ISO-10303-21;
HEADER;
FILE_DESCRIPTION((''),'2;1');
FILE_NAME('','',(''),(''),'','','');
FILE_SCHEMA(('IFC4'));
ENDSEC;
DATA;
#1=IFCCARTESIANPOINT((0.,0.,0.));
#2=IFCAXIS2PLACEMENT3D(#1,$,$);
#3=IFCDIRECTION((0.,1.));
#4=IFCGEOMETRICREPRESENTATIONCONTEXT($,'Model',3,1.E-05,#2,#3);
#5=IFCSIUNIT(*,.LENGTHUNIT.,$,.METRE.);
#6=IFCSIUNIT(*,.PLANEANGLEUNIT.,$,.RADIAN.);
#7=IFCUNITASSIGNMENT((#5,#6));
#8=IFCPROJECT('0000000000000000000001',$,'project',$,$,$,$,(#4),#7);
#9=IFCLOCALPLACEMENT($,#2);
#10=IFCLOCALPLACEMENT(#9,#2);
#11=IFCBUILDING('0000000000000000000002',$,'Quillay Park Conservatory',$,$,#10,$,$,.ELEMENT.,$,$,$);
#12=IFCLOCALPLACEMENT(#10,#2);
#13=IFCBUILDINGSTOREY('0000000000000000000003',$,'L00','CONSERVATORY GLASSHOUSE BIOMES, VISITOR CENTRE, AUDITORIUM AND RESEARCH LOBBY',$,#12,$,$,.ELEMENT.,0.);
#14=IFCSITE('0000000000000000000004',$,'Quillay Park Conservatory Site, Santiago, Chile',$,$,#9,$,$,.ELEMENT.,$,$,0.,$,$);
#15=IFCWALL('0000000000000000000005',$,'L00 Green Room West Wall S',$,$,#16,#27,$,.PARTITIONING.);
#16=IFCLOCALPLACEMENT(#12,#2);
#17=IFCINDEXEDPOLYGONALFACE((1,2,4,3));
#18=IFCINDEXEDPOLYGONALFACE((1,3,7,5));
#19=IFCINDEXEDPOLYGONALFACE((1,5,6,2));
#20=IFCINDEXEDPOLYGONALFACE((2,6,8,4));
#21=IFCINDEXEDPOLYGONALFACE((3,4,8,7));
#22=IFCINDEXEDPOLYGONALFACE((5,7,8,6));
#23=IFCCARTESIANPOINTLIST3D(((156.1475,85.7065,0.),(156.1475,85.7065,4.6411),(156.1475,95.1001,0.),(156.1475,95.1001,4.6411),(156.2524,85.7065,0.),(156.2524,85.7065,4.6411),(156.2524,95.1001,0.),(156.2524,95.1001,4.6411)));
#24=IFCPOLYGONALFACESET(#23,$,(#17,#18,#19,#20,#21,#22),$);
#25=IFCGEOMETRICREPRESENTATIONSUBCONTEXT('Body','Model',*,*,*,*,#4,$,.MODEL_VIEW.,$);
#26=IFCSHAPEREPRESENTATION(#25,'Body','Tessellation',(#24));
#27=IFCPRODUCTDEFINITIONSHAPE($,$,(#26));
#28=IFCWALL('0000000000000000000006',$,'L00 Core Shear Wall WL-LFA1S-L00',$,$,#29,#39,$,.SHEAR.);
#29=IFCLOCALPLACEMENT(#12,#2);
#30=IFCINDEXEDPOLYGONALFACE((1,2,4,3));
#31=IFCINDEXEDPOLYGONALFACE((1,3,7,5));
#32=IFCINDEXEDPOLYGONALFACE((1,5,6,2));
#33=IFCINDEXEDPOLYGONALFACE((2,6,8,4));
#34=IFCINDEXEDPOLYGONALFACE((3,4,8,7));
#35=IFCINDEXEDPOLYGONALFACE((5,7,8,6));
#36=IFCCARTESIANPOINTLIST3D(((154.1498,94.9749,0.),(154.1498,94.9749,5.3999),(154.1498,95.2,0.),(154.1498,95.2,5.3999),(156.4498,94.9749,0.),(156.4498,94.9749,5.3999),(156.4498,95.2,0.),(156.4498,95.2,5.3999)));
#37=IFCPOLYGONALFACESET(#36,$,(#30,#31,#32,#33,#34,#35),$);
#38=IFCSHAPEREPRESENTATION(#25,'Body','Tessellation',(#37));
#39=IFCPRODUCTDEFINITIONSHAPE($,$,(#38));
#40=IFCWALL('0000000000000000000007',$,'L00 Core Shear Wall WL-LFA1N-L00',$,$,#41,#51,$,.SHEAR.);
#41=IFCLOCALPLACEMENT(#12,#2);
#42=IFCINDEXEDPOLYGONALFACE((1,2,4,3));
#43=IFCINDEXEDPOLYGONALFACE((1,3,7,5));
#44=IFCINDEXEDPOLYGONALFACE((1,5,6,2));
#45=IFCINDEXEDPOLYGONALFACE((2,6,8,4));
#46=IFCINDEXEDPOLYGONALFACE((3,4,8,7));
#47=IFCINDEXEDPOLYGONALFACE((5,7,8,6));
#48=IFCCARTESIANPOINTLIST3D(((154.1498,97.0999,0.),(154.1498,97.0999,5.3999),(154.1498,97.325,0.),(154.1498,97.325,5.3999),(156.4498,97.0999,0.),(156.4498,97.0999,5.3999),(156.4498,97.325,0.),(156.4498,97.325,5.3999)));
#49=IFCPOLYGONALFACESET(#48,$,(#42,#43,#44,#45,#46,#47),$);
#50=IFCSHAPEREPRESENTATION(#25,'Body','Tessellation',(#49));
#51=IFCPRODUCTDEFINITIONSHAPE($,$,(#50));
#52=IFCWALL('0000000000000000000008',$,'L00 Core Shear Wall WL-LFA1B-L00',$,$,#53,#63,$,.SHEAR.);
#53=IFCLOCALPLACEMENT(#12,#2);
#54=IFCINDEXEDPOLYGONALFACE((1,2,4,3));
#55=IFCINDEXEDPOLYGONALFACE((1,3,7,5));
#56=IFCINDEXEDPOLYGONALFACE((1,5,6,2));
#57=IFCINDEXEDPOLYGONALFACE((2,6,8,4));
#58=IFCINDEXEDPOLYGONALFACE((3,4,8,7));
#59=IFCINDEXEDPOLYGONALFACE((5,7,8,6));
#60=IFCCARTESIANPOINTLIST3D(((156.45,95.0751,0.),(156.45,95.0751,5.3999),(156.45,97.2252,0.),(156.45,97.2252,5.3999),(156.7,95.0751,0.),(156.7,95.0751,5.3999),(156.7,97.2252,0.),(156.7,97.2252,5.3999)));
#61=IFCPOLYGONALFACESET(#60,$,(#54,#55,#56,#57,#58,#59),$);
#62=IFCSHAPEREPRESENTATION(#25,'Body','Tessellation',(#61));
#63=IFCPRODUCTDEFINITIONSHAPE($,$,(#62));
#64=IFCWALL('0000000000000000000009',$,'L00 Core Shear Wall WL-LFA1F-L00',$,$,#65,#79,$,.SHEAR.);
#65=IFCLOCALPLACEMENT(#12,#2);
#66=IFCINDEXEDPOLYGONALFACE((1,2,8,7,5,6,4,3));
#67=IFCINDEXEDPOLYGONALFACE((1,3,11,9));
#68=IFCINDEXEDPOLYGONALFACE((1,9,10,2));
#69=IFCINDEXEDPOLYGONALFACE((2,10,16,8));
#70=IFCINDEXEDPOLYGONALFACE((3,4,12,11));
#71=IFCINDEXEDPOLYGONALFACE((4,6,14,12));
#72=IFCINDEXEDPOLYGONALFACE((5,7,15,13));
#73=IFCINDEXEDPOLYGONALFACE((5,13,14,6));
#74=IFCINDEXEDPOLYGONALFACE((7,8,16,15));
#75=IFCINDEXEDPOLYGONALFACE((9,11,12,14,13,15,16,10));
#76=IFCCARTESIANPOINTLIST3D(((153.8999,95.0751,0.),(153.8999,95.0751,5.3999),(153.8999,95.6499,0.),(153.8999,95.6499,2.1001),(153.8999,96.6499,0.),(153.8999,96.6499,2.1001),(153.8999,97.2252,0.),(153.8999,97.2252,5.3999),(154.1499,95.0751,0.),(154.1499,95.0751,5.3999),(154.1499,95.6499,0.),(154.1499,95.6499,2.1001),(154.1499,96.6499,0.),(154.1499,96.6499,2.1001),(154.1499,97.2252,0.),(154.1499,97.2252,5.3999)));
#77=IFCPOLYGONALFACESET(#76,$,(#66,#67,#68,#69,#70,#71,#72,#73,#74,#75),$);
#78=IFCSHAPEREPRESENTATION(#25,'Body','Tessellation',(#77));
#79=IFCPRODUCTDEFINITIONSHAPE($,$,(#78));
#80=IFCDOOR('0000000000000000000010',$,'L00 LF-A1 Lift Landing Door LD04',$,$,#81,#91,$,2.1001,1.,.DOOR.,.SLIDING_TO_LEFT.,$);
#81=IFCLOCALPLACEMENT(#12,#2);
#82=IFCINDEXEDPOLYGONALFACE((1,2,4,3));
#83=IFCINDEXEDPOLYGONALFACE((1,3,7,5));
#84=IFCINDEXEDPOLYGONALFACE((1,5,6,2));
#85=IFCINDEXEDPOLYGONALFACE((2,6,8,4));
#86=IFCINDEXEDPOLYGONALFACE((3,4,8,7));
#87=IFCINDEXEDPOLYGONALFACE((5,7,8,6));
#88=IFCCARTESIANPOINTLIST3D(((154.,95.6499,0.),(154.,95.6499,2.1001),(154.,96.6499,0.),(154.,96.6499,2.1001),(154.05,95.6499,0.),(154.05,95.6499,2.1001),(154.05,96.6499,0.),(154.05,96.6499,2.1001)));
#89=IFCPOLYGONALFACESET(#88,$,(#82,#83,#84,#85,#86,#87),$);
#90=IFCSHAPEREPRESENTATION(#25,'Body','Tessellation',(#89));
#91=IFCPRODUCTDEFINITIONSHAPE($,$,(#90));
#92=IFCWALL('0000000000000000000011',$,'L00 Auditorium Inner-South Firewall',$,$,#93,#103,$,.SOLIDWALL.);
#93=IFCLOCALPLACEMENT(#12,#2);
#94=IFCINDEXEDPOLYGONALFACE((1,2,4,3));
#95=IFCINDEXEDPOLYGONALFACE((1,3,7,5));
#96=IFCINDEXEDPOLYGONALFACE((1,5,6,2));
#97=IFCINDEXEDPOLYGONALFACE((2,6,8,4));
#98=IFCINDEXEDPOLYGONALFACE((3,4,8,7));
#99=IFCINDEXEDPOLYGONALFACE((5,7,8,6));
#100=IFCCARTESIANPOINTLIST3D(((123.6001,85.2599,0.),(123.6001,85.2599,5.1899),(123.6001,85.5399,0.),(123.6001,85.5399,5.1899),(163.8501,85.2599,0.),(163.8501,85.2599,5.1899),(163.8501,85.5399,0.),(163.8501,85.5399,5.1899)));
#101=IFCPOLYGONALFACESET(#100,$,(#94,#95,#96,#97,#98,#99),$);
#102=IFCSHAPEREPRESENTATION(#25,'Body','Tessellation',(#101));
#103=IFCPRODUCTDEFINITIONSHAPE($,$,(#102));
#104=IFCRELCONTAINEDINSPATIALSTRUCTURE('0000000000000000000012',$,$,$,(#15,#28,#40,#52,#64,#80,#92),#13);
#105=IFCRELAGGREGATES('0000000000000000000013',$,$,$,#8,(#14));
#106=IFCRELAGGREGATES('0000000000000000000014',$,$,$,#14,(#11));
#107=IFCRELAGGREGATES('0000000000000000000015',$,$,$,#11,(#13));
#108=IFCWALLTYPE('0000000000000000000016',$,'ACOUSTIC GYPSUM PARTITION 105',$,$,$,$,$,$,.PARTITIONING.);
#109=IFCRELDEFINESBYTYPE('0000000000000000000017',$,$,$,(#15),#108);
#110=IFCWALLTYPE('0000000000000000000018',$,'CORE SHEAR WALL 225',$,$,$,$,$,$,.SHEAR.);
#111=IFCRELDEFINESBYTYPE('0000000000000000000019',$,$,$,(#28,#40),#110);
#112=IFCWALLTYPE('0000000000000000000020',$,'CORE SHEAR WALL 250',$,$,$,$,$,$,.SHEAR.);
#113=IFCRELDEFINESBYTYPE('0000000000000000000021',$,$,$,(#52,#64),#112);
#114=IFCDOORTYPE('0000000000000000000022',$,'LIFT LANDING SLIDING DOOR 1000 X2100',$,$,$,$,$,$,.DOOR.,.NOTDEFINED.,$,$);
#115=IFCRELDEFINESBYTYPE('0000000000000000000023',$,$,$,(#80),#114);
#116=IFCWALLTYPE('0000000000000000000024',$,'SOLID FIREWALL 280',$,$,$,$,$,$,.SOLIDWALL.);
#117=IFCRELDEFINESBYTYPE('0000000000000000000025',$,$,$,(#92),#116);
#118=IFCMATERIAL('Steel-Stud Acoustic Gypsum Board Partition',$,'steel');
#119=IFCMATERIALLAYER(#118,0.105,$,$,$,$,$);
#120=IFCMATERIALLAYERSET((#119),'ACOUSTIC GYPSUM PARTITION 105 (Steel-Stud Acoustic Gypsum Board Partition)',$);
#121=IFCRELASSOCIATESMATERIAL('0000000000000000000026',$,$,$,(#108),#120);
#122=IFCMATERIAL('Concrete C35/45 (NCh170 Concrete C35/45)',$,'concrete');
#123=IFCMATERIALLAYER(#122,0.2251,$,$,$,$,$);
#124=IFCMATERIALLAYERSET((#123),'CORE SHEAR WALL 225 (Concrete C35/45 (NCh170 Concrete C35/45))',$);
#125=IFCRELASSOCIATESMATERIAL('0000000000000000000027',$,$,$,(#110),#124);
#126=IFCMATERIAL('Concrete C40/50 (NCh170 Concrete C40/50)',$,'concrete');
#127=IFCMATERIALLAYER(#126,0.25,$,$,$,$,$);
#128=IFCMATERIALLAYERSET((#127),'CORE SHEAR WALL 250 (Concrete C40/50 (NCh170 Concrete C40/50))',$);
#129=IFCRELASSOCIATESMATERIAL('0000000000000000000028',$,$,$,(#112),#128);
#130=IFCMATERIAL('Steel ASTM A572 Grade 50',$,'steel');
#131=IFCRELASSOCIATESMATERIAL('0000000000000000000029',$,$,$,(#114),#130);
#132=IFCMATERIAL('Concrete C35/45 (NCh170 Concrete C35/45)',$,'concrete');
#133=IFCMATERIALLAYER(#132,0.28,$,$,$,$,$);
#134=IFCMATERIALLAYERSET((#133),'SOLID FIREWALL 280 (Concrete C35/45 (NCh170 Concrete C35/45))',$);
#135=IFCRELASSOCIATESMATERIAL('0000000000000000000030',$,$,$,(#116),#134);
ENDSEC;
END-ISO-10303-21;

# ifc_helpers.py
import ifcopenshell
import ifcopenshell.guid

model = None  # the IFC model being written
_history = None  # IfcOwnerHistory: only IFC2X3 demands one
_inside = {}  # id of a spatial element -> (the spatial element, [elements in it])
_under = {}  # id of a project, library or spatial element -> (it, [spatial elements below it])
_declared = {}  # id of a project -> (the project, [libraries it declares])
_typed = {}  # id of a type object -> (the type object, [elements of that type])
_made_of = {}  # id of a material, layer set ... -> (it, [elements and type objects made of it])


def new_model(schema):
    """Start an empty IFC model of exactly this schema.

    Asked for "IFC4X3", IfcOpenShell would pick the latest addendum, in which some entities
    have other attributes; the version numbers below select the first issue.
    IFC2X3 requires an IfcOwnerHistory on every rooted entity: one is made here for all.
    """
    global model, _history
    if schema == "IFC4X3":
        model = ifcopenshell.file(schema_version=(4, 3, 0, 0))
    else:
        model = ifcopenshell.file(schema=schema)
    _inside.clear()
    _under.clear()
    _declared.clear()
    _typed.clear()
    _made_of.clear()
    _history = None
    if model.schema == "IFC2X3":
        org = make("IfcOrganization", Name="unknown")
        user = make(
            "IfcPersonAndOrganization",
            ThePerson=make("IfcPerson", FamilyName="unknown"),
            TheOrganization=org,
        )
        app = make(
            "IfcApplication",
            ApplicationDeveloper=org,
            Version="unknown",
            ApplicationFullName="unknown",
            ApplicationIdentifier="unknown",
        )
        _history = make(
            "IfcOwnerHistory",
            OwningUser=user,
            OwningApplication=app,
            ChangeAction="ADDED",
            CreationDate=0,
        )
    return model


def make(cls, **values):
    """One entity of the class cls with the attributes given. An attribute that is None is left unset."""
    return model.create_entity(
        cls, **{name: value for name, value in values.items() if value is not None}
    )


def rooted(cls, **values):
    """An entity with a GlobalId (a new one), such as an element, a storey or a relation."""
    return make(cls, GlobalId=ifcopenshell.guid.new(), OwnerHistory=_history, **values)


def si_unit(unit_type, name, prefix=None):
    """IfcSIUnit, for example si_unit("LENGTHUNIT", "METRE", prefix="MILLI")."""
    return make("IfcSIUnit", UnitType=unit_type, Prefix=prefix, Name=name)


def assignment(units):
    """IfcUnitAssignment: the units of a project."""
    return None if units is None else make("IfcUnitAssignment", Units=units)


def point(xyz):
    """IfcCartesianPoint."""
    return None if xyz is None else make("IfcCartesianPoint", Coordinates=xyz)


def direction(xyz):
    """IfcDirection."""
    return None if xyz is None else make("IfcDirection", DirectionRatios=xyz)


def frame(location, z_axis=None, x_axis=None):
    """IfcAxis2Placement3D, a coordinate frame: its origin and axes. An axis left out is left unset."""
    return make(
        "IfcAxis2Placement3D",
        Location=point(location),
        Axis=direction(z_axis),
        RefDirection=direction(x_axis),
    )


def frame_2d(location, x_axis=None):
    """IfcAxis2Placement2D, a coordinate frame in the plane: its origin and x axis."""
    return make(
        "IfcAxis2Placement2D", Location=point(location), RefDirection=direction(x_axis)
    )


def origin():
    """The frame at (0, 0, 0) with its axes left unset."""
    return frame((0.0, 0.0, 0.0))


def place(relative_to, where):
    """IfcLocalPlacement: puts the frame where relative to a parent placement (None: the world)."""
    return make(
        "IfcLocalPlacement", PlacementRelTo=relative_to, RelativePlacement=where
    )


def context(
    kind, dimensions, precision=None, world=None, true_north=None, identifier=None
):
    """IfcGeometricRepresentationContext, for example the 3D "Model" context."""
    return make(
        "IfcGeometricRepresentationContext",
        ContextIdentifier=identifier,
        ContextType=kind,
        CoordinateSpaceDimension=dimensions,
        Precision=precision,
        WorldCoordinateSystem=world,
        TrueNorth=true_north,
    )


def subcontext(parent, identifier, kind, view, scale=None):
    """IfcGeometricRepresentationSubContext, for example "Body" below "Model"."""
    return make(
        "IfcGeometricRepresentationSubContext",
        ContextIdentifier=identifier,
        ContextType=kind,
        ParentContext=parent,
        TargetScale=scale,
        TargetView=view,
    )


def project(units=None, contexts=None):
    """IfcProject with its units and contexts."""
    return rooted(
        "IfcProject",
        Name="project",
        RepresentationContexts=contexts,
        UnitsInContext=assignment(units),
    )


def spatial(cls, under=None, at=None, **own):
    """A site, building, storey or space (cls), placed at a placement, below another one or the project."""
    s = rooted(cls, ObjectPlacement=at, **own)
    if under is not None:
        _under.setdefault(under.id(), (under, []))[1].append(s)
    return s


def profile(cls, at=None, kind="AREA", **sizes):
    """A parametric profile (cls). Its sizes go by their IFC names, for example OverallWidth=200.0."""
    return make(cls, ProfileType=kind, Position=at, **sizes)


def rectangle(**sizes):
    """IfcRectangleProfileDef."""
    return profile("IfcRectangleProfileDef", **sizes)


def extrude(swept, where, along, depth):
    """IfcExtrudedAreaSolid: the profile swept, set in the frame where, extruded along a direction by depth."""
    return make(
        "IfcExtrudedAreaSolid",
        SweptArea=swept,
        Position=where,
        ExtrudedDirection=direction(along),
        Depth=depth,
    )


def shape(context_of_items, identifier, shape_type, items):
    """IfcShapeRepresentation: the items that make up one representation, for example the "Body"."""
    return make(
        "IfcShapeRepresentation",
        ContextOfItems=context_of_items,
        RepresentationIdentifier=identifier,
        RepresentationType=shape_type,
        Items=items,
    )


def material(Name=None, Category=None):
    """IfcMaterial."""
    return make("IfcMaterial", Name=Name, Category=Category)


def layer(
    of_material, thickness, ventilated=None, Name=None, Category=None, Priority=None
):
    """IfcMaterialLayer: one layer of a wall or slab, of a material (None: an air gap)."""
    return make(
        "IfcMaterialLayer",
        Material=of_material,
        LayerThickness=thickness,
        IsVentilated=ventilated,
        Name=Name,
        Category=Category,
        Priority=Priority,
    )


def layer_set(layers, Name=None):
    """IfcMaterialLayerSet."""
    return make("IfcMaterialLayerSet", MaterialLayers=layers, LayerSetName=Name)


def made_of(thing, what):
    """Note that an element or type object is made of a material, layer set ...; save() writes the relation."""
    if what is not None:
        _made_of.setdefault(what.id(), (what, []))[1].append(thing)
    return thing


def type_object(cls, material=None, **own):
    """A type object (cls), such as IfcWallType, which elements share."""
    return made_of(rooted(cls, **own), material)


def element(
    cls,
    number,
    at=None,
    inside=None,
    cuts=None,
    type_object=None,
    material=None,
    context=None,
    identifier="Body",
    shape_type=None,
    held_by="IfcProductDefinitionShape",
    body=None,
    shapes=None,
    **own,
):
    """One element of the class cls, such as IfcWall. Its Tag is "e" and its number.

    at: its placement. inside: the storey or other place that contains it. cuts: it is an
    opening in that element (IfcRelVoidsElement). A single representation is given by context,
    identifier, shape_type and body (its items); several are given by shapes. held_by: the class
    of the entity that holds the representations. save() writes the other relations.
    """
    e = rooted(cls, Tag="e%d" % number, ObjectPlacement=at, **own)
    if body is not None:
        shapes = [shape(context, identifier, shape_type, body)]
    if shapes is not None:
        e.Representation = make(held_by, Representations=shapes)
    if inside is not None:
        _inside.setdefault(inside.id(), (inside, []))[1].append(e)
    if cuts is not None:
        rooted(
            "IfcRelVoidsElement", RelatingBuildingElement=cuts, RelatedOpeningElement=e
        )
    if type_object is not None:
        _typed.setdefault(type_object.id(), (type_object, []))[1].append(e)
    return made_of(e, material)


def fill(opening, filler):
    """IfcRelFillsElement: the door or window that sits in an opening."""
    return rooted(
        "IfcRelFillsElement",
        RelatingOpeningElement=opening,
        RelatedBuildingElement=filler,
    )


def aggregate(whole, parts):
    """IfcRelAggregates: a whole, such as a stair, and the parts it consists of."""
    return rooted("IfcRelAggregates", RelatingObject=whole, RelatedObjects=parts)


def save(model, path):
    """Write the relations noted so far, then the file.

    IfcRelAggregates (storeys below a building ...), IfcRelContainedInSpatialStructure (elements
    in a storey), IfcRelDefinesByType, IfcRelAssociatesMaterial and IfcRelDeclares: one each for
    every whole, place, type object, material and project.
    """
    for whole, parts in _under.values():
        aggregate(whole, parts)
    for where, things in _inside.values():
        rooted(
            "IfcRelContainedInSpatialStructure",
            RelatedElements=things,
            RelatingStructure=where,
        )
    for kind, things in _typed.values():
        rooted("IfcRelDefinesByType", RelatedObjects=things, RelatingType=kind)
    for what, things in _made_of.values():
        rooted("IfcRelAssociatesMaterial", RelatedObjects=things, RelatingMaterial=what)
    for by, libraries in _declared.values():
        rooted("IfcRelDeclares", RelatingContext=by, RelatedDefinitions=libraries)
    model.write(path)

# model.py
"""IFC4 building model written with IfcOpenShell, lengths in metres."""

from ifc_helpers import new_model, si_unit, direction, frame, frame_2d, origin, place, context, subcontext, project, spatial, rectangle, extrude, material, layer, layer_set, type_object, element, fill, save


model = new_model("IFC4")

# Units and contexts
model_context = context("Model", 3, precision=1e-05, world=origin(), true_north=direction((0.0, 1.0)))
body_context = subcontext(model_context, "Body", "Model", "MODEL_VIEW")
ifc_project = project(units=[si_unit("LENGTHUNIT", "METRE"), si_unit("PLANEANGLEUNIT", "RADIAN")], contexts=[model_context])

# Site, building, storey
site_placement = place(None, origin())
site = spatial("IfcSite", under=ifc_project, at=site_placement, Name="Quillay Park Conservatory Site, Santiago, Chile", CompositionType="ELEMENT", RefElevation=0.0)
building_placement = place(site_placement, origin())
building = spatial("IfcBuilding", under=site, at=building_placement, Name="Quillay Park Conservatory", CompositionType="ELEMENT")
storey_placement = place(building_placement, origin())
storey = spatial("IfcBuildingStorey", under=building, at=storey_placement, Name="L00", Description="CONSERVATORY GLASSHOUSE BIOMES, VISITOR CENTRE, AUDITORIUM AND RESEARCH LOBBY", CompositionType="ELEMENT", Elevation=0.0)

# Walls
ifc_material_1 = material(Name="Steel-Stud Acoustic Gypsum Board Partition", Category="steel")
ifc_layer_1 = layer(ifc_material_1, 0.105)
ifc_layer_set_1 = layer_set([ifc_layer_1], Name="ACOUSTIC GYPSUM PARTITION 105 (Steel-Stud Acoustic Gypsum Board Partition)")
wall_type_1 = type_object("IfcWallType", Name="ACOUSTIC GYPSUM PARTITION 105", PredefinedType="PARTITIONING", material=ifc_layer_set_1)
wall_1_placement = place(storey_placement, frame((156.2, 85.7065, 0.0), z_axis=(0.0, 0.0, 1.0), x_axis=(0.0, 1.0, 0.0)))
element("IfcWall", 1, at=wall_1_placement, inside=storey, type_object=wall_type_1, Name="L00 Green Room West Wall S", PredefinedType="PARTITIONING", context=body_context, shape_type="SweptSolid", body=[
    extrude(rectangle(XDim=9.3936, YDim=0.105, at=frame_2d((4.6968, 0.0))), origin(), (0.0, 0.0, 1.0), 4.6411),
])
ifc_material_2 = material(Name="Concrete C35/45 (NCh170 Concrete C35/45)", Category="concrete")
ifc_layer_2 = layer(ifc_material_2, 0.2251)
ifc_layer_set_2 = layer_set([ifc_layer_2], Name="CORE SHEAR WALL 225 (Concrete C35/45 (NCh170 Concrete C35/45))")
wall_type_2 = type_object("IfcWallType", Name="CORE SHEAR WALL 225", PredefinedType="SHEAR", material=ifc_layer_set_2)
for number, where, z_axis, x_axis, name in (
    (2, (154.1499, 95.0874, 0.0), (0.0, 0.0, 1.0), (1.0, 0.0, 0.0), "L00 Core Shear Wall WL-LFA1S-L00"),
    (3, (154.1499, 97.2124, 0.0), (0.0, 0.0, 1.0), (1.0, 0.0, 0.0), "L00 Core Shear Wall WL-LFA1N-L00"),
):
    element("IfcWall", number, at=place(storey_placement, frame(where, z_axis=z_axis, x_axis=x_axis)), inside=storey, type_object=wall_type_2, Name=name, PredefinedType="SHEAR", context=body_context, shape_type="SweptSolid", body=[
        extrude(rectangle(XDim=2.3, YDim=0.2251, at=frame_2d((1.1499, 0.0))), origin(), (0.0, 0.0, 1.0), 5.3999),
    ])
ifc_material_3 = material(Name="Concrete C40/50 (NCh170 Concrete C40/50)", Category="concrete")
ifc_layer_3 = layer(ifc_material_3, 0.25)
ifc_layer_set_3 = layer_set([ifc_layer_3], Name="CORE SHEAR WALL 250 (Concrete C40/50 (NCh170 Concrete C40/50))")
wall_type_3 = type_object("IfcWallType", Name="CORE SHEAR WALL 250", PredefinedType="SHEAR", material=ifc_layer_set_3)
wall_2_placement = place(storey_placement, frame((156.575, 95.075, 0.0), z_axis=(0.0, 0.0, 1.0), x_axis=(0.0, 1.0, 0.0)))
element("IfcWall", 4, at=wall_2_placement, inside=storey, type_object=wall_type_3, Name="L00 Core Shear Wall WL-LFA1B-L00", PredefinedType="SHEAR", context=body_context, shape_type="SweptSolid", body=[
    extrude(rectangle(XDim=2.1501, YDim=0.25, at=frame_2d((1.0752, 0.0))), origin(), (0.0, 0.0, 1.0), 5.3999),
])

# Wall, opening, door
wall_3_placement = place(storey_placement, frame((154.0249, 95.075, 0.0), z_axis=(0.0, 0.0, 1.0), x_axis=(0.0, 1.0, 0.0)))
wall_3 = element("IfcWall", 5, at=wall_3_placement, inside=storey, type_object=wall_type_3, Name="L00 Core Shear Wall WL-LFA1F-L00", PredefinedType="SHEAR", context=body_context, shape_type="SweptSolid", body=[
    extrude(rectangle(XDim=2.1501, YDim=0.25, at=frame_2d((1.0752, 0.0))), origin(), (0.0, 0.0, 1.0), 5.3999),
])
opening_placement = place(wall_3_placement, frame((0.575, 0.0, 0.0)))
opening = element("IfcOpeningElement", 6, at=opening_placement, cuts=wall_3, PredefinedType="OPENING", context=body_context, shape_type="SweptSolid", body=[
    extrude(rectangle(XDim=1.0, YDim=2.1001, at=frame_2d((0.5, 1.05))), frame((0.0, 0.125, 0.0), z_axis=(0.0, -1.0, 0.0), x_axis=(1.0, 0.0, 0.0)), (0.0, 0.0, 1.0), 0.25),
])
ifc_material_4 = material(Name="Steel ASTM A572 Grade 50", Category="steel")
door_type = type_object("IfcDoorType", Name="LIFT LANDING SLIDING DOOR 1000 X2100", OperationType="NOTDEFINED", PredefinedType="DOOR", material=ifc_material_4)
door_placement = place(opening_placement, origin())
door = element("IfcDoor", 7, at=door_placement, inside=storey, type_object=door_type, Name="L00 LF-A1 Lift Landing Door LD04", OperationType="SLIDING_TO_LEFT", OverallHeight=2.1001, OverallWidth=1.0, PredefinedType="DOOR", context=body_context, shape_type="SweptSolid", body=[
    extrude(rectangle(XDim=1.0, YDim=2.1001, at=frame_2d((0.5, 1.05))), frame((0.0, 0.0249, 0.0), z_axis=(0.0, -1.0, 0.0), x_axis=(1.0, 0.0, 0.0)), (0.0, 0.0, 1.0), 0.05),
])
fill(opening, door)

# Wall
ifc_material_5 = material(Name="Concrete C35/45 (NCh170 Concrete C35/45)", Category="concrete")
ifc_layer_4 = layer(ifc_material_5, 0.28)
ifc_layer_set_4 = layer_set([ifc_layer_4], Name="SOLID FIREWALL 280 (Concrete C35/45 (NCh170 Concrete C35/45))")
wall_type_4 = type_object("IfcWallType", Name="SOLID FIREWALL 280", PredefinedType="SOLIDWALL", material=ifc_layer_set_4)
wall_4_placement = place(storey_placement, frame((163.8501, 85.3999, 0.0), z_axis=(0.0, 0.0, 1.0), x_axis=(-1.0, 0.0, 0.0)))
element("IfcWall", 8, at=wall_4_placement, inside=storey, type_object=wall_type_4, Name="L00 Auditorium Inner-South Firewall", PredefinedType="SOLIDWALL", context=body_context, shape_type="SweptSolid", body=[
    extrude(rectangle(XDim=40.25, YDim=0.28, at=frame_2d((20.125, 0.0))), origin(), (0.0, 0.0, 1.0), 5.1899),
])

save(model, "model.ifc")
